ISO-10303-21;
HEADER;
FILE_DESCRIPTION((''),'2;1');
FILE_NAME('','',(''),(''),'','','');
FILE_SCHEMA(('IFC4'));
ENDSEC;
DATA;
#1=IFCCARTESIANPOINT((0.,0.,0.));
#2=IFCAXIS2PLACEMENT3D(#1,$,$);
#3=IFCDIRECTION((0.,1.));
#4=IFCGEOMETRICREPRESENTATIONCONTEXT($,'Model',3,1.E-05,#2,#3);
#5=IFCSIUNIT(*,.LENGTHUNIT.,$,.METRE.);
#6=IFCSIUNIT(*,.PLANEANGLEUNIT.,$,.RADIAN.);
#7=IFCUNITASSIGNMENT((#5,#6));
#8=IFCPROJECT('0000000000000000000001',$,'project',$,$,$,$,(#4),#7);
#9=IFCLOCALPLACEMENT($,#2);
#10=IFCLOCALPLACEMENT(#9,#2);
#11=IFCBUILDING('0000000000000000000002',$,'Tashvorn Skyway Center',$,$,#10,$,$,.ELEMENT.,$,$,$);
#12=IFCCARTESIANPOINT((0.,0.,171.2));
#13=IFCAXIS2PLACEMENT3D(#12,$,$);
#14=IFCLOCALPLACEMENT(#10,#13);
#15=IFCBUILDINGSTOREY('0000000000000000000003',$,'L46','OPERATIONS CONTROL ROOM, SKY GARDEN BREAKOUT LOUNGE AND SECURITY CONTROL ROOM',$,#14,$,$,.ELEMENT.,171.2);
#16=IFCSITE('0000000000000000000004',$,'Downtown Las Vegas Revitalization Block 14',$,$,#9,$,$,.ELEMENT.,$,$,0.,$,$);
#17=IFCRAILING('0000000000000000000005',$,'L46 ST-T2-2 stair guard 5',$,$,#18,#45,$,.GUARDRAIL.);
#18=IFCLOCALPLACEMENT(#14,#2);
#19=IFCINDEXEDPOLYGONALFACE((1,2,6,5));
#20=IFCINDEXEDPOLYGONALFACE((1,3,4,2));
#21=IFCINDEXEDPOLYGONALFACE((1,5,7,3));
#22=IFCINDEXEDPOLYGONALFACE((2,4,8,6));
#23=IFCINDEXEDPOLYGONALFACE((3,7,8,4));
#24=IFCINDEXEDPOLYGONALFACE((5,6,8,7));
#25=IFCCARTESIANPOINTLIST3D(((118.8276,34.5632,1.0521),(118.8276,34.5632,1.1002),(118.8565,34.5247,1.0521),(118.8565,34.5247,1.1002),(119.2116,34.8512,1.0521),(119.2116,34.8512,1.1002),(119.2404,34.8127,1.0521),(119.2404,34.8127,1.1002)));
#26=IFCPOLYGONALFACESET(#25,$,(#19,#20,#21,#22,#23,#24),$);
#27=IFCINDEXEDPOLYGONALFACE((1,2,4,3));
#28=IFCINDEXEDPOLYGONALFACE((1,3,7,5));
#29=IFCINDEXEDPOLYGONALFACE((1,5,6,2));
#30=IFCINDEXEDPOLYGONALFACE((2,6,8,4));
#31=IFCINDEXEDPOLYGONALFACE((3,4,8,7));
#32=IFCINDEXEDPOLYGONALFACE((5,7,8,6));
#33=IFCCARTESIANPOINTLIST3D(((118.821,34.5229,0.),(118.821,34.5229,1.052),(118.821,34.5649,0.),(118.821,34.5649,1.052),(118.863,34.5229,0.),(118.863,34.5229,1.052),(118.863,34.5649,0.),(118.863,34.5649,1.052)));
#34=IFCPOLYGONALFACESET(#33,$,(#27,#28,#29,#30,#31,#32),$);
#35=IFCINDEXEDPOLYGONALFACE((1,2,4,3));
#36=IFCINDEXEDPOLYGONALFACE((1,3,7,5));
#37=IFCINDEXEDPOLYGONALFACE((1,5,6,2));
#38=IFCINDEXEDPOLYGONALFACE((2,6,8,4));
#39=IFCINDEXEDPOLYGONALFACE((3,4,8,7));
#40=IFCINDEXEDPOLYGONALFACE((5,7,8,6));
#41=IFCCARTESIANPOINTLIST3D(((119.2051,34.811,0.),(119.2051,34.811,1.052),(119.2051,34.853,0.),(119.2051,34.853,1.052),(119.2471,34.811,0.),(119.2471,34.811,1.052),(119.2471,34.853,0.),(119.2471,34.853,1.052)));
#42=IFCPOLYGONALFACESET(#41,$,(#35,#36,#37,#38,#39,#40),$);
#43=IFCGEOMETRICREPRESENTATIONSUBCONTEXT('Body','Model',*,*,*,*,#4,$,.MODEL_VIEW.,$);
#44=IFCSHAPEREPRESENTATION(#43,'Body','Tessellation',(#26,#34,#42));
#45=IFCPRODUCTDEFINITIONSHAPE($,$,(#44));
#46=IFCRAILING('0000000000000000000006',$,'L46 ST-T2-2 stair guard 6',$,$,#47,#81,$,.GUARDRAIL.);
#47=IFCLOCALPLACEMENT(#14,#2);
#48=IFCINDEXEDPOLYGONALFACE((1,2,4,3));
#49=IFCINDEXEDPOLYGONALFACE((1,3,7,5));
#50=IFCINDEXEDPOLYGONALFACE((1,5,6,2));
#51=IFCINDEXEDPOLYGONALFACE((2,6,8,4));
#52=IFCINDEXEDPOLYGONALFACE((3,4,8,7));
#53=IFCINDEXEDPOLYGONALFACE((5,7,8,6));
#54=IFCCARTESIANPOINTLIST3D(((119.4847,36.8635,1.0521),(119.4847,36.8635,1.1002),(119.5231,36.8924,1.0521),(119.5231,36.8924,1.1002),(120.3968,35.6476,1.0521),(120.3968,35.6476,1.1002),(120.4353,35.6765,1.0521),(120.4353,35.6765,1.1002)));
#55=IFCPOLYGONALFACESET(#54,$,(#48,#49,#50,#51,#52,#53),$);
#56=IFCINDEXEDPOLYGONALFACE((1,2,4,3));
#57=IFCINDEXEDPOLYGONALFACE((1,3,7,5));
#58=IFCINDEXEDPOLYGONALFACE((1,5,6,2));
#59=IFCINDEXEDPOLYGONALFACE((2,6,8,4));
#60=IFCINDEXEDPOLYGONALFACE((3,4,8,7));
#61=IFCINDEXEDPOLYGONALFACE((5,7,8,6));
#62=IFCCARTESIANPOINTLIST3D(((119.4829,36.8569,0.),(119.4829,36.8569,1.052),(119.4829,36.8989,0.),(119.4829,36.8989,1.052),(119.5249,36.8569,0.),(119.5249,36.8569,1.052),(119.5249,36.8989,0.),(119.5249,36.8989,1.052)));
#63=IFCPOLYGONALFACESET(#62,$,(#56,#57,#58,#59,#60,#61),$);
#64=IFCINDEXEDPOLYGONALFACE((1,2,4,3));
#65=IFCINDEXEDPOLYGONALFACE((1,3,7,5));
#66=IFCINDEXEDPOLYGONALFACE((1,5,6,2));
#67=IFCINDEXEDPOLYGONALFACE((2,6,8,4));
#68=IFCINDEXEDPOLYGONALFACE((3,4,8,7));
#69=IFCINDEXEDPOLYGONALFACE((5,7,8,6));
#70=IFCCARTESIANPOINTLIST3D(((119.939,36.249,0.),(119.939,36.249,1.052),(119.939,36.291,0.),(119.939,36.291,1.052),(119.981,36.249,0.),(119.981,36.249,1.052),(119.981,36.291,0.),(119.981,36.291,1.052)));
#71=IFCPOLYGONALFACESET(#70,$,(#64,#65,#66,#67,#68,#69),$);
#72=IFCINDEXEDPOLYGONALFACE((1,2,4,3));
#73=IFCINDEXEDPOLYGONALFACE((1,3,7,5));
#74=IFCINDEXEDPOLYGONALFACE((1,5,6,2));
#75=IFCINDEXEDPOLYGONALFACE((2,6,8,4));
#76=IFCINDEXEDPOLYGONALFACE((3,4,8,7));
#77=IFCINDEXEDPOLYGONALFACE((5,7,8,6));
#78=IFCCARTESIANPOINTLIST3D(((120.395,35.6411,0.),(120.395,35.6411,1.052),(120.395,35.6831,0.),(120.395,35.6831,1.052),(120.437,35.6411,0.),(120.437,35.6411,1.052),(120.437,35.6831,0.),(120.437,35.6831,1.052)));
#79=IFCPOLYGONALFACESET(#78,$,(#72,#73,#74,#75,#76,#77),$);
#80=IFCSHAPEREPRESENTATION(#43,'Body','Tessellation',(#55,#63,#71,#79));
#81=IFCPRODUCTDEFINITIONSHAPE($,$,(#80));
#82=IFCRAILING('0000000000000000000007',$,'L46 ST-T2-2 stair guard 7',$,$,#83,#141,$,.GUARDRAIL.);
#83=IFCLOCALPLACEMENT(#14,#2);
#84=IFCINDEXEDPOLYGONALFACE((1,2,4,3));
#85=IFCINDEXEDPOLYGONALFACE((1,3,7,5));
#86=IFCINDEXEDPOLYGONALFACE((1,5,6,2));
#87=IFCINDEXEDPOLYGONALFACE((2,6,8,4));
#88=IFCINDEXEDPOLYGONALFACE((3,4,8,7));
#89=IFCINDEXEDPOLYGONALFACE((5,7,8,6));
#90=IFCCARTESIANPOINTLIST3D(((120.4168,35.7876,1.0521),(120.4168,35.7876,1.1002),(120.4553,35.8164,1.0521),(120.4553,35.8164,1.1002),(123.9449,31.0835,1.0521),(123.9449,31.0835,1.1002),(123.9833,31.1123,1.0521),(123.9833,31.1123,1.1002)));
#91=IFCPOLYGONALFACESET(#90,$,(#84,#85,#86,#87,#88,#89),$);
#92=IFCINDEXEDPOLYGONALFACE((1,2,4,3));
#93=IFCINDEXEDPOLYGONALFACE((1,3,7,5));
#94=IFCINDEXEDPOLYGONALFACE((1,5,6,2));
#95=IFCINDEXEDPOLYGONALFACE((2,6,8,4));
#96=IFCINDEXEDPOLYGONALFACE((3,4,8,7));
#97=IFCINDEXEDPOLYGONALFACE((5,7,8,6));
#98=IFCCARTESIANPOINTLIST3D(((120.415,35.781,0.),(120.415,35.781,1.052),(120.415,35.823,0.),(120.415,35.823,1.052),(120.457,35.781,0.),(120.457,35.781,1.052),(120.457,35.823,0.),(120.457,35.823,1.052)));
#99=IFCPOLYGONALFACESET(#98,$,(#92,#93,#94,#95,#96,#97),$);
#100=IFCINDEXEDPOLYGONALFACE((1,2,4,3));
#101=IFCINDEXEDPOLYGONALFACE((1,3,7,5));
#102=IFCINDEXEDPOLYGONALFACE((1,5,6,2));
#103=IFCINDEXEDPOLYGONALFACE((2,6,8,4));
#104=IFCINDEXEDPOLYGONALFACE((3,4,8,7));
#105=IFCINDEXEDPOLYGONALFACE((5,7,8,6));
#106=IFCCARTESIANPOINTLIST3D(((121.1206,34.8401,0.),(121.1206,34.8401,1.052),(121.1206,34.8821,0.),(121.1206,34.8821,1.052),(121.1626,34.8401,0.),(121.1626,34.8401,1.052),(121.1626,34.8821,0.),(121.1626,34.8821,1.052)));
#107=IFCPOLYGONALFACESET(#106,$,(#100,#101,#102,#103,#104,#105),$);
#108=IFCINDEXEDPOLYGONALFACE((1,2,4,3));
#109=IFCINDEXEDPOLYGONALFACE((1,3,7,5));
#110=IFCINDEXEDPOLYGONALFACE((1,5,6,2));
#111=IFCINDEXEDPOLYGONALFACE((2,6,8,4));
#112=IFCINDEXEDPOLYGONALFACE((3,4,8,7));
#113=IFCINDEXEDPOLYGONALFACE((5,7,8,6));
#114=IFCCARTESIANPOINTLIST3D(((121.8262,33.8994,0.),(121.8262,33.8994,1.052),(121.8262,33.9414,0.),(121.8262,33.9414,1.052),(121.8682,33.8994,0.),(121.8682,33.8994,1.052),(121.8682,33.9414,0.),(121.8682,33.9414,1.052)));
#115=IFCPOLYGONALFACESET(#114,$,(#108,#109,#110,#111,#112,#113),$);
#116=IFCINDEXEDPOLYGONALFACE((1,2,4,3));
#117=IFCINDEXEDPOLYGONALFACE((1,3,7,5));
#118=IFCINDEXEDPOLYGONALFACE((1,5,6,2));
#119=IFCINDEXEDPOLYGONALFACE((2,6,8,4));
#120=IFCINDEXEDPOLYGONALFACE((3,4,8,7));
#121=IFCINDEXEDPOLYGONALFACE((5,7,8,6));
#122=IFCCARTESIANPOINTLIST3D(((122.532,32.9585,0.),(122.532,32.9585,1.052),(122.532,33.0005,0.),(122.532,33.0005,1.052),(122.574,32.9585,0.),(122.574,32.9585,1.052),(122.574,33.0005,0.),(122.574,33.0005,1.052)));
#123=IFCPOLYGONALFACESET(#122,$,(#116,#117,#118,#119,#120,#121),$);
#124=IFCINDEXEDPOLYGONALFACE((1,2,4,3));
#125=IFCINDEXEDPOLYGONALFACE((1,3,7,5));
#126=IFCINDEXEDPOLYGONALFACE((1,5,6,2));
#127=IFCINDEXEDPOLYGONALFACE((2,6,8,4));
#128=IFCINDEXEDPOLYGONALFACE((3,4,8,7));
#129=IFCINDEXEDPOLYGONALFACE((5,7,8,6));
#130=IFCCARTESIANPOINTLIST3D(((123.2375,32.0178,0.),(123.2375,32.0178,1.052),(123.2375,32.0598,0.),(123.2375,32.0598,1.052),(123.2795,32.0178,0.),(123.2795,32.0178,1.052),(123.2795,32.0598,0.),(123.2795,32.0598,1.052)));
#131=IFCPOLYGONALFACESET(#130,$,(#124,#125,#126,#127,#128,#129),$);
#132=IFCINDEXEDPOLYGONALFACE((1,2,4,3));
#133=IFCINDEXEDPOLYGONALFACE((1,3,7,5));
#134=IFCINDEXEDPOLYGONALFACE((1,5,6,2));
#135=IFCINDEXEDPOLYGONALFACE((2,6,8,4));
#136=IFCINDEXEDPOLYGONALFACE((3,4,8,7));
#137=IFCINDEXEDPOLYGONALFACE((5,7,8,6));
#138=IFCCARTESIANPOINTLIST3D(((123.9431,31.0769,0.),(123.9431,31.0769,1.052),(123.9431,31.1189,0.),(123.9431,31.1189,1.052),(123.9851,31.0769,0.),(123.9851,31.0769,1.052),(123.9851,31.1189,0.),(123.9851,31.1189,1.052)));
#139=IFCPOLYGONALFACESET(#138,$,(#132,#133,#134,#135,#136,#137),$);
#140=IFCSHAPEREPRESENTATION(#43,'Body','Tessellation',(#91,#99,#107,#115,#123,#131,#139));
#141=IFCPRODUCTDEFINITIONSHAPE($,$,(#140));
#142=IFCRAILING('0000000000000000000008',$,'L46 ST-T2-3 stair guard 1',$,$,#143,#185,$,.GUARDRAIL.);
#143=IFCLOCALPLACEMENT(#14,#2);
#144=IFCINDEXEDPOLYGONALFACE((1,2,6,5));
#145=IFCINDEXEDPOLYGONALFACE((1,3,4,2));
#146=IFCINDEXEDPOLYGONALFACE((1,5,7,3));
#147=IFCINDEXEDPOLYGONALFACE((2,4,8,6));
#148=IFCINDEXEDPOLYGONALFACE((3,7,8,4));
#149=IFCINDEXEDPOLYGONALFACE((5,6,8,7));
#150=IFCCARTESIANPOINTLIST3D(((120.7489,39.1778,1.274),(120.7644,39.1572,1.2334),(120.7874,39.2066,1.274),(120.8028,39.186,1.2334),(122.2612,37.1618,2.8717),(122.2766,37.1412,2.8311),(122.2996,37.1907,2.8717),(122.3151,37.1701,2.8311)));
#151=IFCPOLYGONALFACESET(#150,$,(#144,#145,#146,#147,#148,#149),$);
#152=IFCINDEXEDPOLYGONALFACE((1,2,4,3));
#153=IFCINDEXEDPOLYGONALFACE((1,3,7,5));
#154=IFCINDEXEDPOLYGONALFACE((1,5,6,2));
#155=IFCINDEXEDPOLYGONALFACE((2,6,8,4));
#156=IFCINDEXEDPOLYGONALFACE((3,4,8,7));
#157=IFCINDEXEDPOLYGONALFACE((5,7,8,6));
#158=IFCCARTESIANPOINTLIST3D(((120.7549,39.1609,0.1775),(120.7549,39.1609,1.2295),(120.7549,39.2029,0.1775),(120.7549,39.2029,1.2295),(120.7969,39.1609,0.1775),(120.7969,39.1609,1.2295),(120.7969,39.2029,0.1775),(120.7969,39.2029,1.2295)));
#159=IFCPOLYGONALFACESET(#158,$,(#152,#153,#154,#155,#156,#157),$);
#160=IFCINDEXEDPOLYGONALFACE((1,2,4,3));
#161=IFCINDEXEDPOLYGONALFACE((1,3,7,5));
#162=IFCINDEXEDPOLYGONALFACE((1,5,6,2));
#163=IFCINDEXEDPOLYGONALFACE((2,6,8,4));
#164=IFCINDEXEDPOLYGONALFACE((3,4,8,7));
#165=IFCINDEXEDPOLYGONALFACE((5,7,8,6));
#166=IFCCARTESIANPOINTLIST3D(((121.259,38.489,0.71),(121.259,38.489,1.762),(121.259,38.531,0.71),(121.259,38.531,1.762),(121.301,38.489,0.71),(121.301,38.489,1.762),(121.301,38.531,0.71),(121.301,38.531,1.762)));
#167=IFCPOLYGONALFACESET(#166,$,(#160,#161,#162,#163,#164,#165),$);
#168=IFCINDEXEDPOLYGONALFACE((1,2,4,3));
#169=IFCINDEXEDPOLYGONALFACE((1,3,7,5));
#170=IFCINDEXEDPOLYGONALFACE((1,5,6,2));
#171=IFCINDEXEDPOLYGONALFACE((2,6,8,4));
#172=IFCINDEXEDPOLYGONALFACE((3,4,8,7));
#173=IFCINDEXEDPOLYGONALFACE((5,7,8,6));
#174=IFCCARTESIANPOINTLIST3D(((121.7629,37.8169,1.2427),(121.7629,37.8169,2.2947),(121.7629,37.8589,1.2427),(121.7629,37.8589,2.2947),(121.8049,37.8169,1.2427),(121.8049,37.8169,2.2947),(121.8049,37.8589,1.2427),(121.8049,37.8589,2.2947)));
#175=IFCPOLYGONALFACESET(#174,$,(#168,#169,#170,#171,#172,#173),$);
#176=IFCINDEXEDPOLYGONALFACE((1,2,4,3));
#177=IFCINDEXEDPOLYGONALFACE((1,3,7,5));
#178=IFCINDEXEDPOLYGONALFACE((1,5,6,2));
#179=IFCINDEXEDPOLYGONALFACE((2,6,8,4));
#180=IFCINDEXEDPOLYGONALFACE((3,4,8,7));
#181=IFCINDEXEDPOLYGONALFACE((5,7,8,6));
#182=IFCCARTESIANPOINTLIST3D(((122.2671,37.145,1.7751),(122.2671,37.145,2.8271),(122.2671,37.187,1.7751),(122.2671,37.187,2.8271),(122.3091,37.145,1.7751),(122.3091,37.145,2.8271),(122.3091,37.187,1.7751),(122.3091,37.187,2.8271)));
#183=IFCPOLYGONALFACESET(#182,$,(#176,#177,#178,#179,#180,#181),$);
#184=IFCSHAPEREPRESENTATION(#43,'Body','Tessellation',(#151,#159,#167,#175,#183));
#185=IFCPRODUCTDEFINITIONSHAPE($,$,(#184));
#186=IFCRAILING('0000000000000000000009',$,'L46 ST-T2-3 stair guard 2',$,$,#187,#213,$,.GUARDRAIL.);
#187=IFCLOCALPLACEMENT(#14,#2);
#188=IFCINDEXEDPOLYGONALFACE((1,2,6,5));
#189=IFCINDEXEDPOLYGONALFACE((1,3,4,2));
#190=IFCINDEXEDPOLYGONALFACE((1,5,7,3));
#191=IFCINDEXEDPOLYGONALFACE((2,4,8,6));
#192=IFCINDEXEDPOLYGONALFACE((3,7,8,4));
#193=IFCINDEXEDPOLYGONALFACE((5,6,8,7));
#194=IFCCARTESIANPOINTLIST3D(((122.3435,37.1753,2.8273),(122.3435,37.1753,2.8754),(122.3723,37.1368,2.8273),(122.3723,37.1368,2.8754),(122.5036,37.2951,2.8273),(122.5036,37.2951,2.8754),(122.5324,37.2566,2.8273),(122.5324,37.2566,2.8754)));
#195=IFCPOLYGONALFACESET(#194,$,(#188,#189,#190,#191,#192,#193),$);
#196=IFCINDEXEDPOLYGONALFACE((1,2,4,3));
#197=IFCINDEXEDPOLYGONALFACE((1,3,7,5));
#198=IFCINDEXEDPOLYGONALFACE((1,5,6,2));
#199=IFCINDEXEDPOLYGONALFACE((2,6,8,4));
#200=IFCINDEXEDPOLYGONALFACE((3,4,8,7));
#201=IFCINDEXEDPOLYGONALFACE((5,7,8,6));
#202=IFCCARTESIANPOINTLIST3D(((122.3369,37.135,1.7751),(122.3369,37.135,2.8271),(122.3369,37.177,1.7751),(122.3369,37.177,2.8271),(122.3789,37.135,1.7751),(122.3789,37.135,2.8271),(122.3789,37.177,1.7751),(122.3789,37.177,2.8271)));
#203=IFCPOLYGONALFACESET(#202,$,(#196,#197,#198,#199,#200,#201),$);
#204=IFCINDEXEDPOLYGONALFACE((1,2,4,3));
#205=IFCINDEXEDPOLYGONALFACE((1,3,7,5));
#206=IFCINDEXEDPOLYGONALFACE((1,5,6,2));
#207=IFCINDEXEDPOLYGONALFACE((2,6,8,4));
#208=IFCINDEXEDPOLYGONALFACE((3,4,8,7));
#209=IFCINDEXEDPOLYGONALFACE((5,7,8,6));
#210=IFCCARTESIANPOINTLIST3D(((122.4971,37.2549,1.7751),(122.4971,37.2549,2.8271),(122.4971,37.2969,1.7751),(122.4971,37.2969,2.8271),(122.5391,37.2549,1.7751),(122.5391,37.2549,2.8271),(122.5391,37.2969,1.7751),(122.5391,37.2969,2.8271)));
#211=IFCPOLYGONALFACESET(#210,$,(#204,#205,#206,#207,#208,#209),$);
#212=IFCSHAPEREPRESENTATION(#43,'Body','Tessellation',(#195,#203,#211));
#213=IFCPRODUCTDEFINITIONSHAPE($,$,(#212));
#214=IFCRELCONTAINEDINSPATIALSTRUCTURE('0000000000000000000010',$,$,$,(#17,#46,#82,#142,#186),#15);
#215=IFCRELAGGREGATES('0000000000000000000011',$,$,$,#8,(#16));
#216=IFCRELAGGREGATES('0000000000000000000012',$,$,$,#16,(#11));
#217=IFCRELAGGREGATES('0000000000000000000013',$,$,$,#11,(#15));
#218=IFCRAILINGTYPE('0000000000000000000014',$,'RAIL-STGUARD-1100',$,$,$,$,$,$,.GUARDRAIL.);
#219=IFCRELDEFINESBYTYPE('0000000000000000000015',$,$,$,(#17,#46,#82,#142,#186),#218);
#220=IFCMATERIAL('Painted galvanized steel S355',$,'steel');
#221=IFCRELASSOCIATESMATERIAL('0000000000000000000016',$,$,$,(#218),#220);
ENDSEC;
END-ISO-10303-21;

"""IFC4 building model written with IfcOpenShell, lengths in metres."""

from ifc_helpers import new_model, si_unit, direction, frame, origin, origin_2d, place, context, subcontext, project, spatial, rectangle, extrude, material, type_object, element, save


model = new_model("IFC4")

# Units and contexts
model_context = context("Model", 3, precision=1e-05, world=origin(), true_north=direction((0.0, 1.0)))
body_context = subcontext(model_context, "Body", "Model", "MODEL_VIEW")
ifc_project = project(units=[si_unit("LENGTHUNIT", "METRE"), si_unit("PLANEANGLEUNIT", "RADIAN")], contexts=[model_context])

# Site, building, storey
site_placement = place(None, origin())
site = spatial("IfcSite", under=ifc_project, at=site_placement, Name="Downtown Las Vegas Revitalization Block 14", CompositionType="ELEMENT", RefElevation=0.0)
building_placement = place(site_placement, origin())
building = spatial("IfcBuilding", under=site, at=building_placement, Name="Tashvorn Skyway Center", CompositionType="ELEMENT")
storey_placement = place(building_placement, frame((0.0, 0.0, 171.2)))
storey = spatial("IfcBuildingStorey", under=building, at=storey_placement, Name="L46", Description="OPERATIONS CONTROL ROOM, SKY GARDEN BREAKOUT LOUNGE AND SECURITY CONTROL ROOM", CompositionType="ELEMENT", Elevation=171.2)

# Railings
ifc_material_1 = material(Name="Painted galvanized steel S355", Category="steel")
railing_type_1 = type_object("IfcRailingType", Name="RAIL-STGUARD-1100", PredefinedType="GUARDRAIL", material=ifc_material_1)
railing_1_placement = place(storey_placement, frame((118.842, 34.5439, 0.0)))
element("IfcRailing", 1, at=railing_1_placement, inside=storey, type_object=railing_type_1, Name="L46 ST-T2-2 stair guard 5", PredefinedType="GUARDRAIL", context=body_context, shape_type="SweptSolid", body=[
    extrude(rectangle(XDim=0.0481, YDim=0.0481, at=origin_2d()), frame((0.0, 0.0, 1.0762), z_axis=(0.799939, 0.600081, 0.0), x_axis=(-0.600081, 0.799939, 0.0)), (0.0, 0.0, 1.0), 0.48),
    extrude(rectangle(XDim=0.042, YDim=0.042, at=origin_2d()), origin(), (0.0, 0.0, 1.0), 1.052),
    extrude(rectangle(XDim=0.042, YDim=0.042, at=origin_2d()), frame((0.384, 0.2881, 0.0)), (0.0, 0.0, 1.0), 1.052),
])
railing_2_placement = place(storey_placement, frame((119.5039, 36.8779, 0.0)))
element("IfcRailing", 2, at=railing_2_placement, inside=storey, type_object=railing_type_1, Name="L46 ST-T2-2 stair guard 6", PredefinedType="GUARDRAIL", context=body_context, shape_type="SweptSolid", body=[
    extrude(rectangle(XDim=0.0481, YDim=0.0481, at=origin_2d()), frame((0.0, 0.0, 1.0762), z_axis=(0.600103, -0.799923, 0.0), x_axis=(0.799923, 0.600103, 0.0)), (0.0, 0.0, 1.0), 1.52),
    extrude(rectangle(XDim=0.042, YDim=0.042, at=origin_2d()), origin(), (0.0, 0.0, 1.0), 1.052),
    extrude(rectangle(XDim=0.042, YDim=0.042, at=origin_2d()), frame((0.4561, -0.6079, 0.0)), (0.0, 0.0, 1.0), 1.052),
    extrude(rectangle(XDim=0.042, YDim=0.042, at=origin_2d()), frame((0.9121, -1.2158, 0.0)), (0.0, 0.0, 1.0), 1.052),
])
railing_3_placement = place(storey_placement, frame((120.436, 35.802, 0.0)))
element("IfcRailing", 3, at=railing_3_placement, inside=storey, type_object=railing_type_1, Name="L46 ST-T2-2 stair guard 7", PredefinedType="GUARDRAIL", context=body_context, shape_type="SweptSolid", body=[
    extrude(rectangle(XDim=0.0481, YDim=0.0481, at=origin_2d()), frame((0.0, 0.0, 1.0762), z_axis=(0.6, -0.8, 0.0), x_axis=(0.8, 0.6, 0.0)), (0.0, 0.0, 1.0), 5.8801),
    extrude(rectangle(XDim=0.042, YDim=0.042, at=origin_2d()), origin(), (0.0, 0.0, 1.0), 1.052),
    extrude(rectangle(XDim=0.042, YDim=0.042, at=origin_2d()), frame((0.7056, -0.9409, 0.0)), (0.0, 0.0, 1.0), 1.052),
    extrude(rectangle(XDim=0.042, YDim=0.042, at=origin_2d()), frame((1.4111, -1.8816, 0.0)), (0.0, 0.0, 1.0), 1.052),
    extrude(rectangle(XDim=0.042, YDim=0.042, at=origin_2d()), frame((2.1169, -2.8225, 0.0)), (0.0, 0.0, 1.0), 1.052),
    extrude(rectangle(XDim=0.042, YDim=0.042, at=origin_2d()), frame((2.8225, -3.7632, 0.0)), (0.0, 0.0, 1.0), 1.052),
    extrude(rectangle(XDim=0.042, YDim=0.042, at=origin_2d()), frame((3.5281, -4.7041, 0.0)), (0.0, 0.0, 1.0), 1.052),
])
railing_4_placement = place(storey_placement, frame((120.7759, 39.1819, 0.1775)))
element("IfcRailing", 4, at=railing_4_placement, inside=storey, type_object=railing_type_1, Name="L46 ST-T2-3 stair guard 1", PredefinedType="GUARDRAIL", context=body_context, shape_type="SweptSolid", body=[
    extrude(rectangle(XDim=0.0481, YDim=0.0481, at=origin_2d()), frame((0.0, 0.0, 1.0762), z_axis=(0.506807, -0.675607, 0.535445), x_axis=(0.799942, 0.600078, 0.0)), (0.0, 0.0, 1.0), 2.9839),
    extrude(rectangle(XDim=0.042, YDim=0.042, at=origin_2d()), origin(), (0.0, 0.0, 1.0), 1.052),
    extrude(rectangle(XDim=0.042, YDim=0.042, at=origin_2d()), frame((0.5042, -0.6719, 0.5325)), (0.0, 0.0, 1.0), 1.052),
    extrude(rectangle(XDim=0.042, YDim=0.042, at=origin_2d()), frame((1.0081, -1.344, 1.0652)), (0.0, 0.0, 1.0), 1.052),
    extrude(rectangle(XDim=0.042, YDim=0.042, at=origin_2d()), frame((1.5122, -2.0159, 1.5977)), (0.0, 0.0, 1.0), 1.052),
])
railing_5_placement = place(storey_placement, frame((122.3579, 37.156, 1.7751)))
element("IfcRailing", 5, at=railing_5_placement, inside=storey, type_object=railing_type_1, Name="L46 ST-T2-3 stair guard 2", PredefinedType="GUARDRAIL", context=body_context, shape_type="SweptSolid", body=[
    extrude(rectangle(XDim=0.0481, YDim=0.0481, at=origin_2d()), frame((0.0, 0.0, 1.0762), z_axis=(0.800585, 0.599219, 0.0), x_axis=(-0.599219, 0.800585, 0.0)), (0.0, 0.0, 1.0), 0.2),
    extrude(rectangle(XDim=0.042, YDim=0.042, at=origin_2d()), origin(), (0.0, 0.0, 1.0), 1.052),
    extrude(rectangle(XDim=0.042, YDim=0.042, at=origin_2d()), frame((0.1602, 0.1199, 0.0)), (0.0, 0.0, 1.0), 1.052),
])

save(model, "model.ifc")
